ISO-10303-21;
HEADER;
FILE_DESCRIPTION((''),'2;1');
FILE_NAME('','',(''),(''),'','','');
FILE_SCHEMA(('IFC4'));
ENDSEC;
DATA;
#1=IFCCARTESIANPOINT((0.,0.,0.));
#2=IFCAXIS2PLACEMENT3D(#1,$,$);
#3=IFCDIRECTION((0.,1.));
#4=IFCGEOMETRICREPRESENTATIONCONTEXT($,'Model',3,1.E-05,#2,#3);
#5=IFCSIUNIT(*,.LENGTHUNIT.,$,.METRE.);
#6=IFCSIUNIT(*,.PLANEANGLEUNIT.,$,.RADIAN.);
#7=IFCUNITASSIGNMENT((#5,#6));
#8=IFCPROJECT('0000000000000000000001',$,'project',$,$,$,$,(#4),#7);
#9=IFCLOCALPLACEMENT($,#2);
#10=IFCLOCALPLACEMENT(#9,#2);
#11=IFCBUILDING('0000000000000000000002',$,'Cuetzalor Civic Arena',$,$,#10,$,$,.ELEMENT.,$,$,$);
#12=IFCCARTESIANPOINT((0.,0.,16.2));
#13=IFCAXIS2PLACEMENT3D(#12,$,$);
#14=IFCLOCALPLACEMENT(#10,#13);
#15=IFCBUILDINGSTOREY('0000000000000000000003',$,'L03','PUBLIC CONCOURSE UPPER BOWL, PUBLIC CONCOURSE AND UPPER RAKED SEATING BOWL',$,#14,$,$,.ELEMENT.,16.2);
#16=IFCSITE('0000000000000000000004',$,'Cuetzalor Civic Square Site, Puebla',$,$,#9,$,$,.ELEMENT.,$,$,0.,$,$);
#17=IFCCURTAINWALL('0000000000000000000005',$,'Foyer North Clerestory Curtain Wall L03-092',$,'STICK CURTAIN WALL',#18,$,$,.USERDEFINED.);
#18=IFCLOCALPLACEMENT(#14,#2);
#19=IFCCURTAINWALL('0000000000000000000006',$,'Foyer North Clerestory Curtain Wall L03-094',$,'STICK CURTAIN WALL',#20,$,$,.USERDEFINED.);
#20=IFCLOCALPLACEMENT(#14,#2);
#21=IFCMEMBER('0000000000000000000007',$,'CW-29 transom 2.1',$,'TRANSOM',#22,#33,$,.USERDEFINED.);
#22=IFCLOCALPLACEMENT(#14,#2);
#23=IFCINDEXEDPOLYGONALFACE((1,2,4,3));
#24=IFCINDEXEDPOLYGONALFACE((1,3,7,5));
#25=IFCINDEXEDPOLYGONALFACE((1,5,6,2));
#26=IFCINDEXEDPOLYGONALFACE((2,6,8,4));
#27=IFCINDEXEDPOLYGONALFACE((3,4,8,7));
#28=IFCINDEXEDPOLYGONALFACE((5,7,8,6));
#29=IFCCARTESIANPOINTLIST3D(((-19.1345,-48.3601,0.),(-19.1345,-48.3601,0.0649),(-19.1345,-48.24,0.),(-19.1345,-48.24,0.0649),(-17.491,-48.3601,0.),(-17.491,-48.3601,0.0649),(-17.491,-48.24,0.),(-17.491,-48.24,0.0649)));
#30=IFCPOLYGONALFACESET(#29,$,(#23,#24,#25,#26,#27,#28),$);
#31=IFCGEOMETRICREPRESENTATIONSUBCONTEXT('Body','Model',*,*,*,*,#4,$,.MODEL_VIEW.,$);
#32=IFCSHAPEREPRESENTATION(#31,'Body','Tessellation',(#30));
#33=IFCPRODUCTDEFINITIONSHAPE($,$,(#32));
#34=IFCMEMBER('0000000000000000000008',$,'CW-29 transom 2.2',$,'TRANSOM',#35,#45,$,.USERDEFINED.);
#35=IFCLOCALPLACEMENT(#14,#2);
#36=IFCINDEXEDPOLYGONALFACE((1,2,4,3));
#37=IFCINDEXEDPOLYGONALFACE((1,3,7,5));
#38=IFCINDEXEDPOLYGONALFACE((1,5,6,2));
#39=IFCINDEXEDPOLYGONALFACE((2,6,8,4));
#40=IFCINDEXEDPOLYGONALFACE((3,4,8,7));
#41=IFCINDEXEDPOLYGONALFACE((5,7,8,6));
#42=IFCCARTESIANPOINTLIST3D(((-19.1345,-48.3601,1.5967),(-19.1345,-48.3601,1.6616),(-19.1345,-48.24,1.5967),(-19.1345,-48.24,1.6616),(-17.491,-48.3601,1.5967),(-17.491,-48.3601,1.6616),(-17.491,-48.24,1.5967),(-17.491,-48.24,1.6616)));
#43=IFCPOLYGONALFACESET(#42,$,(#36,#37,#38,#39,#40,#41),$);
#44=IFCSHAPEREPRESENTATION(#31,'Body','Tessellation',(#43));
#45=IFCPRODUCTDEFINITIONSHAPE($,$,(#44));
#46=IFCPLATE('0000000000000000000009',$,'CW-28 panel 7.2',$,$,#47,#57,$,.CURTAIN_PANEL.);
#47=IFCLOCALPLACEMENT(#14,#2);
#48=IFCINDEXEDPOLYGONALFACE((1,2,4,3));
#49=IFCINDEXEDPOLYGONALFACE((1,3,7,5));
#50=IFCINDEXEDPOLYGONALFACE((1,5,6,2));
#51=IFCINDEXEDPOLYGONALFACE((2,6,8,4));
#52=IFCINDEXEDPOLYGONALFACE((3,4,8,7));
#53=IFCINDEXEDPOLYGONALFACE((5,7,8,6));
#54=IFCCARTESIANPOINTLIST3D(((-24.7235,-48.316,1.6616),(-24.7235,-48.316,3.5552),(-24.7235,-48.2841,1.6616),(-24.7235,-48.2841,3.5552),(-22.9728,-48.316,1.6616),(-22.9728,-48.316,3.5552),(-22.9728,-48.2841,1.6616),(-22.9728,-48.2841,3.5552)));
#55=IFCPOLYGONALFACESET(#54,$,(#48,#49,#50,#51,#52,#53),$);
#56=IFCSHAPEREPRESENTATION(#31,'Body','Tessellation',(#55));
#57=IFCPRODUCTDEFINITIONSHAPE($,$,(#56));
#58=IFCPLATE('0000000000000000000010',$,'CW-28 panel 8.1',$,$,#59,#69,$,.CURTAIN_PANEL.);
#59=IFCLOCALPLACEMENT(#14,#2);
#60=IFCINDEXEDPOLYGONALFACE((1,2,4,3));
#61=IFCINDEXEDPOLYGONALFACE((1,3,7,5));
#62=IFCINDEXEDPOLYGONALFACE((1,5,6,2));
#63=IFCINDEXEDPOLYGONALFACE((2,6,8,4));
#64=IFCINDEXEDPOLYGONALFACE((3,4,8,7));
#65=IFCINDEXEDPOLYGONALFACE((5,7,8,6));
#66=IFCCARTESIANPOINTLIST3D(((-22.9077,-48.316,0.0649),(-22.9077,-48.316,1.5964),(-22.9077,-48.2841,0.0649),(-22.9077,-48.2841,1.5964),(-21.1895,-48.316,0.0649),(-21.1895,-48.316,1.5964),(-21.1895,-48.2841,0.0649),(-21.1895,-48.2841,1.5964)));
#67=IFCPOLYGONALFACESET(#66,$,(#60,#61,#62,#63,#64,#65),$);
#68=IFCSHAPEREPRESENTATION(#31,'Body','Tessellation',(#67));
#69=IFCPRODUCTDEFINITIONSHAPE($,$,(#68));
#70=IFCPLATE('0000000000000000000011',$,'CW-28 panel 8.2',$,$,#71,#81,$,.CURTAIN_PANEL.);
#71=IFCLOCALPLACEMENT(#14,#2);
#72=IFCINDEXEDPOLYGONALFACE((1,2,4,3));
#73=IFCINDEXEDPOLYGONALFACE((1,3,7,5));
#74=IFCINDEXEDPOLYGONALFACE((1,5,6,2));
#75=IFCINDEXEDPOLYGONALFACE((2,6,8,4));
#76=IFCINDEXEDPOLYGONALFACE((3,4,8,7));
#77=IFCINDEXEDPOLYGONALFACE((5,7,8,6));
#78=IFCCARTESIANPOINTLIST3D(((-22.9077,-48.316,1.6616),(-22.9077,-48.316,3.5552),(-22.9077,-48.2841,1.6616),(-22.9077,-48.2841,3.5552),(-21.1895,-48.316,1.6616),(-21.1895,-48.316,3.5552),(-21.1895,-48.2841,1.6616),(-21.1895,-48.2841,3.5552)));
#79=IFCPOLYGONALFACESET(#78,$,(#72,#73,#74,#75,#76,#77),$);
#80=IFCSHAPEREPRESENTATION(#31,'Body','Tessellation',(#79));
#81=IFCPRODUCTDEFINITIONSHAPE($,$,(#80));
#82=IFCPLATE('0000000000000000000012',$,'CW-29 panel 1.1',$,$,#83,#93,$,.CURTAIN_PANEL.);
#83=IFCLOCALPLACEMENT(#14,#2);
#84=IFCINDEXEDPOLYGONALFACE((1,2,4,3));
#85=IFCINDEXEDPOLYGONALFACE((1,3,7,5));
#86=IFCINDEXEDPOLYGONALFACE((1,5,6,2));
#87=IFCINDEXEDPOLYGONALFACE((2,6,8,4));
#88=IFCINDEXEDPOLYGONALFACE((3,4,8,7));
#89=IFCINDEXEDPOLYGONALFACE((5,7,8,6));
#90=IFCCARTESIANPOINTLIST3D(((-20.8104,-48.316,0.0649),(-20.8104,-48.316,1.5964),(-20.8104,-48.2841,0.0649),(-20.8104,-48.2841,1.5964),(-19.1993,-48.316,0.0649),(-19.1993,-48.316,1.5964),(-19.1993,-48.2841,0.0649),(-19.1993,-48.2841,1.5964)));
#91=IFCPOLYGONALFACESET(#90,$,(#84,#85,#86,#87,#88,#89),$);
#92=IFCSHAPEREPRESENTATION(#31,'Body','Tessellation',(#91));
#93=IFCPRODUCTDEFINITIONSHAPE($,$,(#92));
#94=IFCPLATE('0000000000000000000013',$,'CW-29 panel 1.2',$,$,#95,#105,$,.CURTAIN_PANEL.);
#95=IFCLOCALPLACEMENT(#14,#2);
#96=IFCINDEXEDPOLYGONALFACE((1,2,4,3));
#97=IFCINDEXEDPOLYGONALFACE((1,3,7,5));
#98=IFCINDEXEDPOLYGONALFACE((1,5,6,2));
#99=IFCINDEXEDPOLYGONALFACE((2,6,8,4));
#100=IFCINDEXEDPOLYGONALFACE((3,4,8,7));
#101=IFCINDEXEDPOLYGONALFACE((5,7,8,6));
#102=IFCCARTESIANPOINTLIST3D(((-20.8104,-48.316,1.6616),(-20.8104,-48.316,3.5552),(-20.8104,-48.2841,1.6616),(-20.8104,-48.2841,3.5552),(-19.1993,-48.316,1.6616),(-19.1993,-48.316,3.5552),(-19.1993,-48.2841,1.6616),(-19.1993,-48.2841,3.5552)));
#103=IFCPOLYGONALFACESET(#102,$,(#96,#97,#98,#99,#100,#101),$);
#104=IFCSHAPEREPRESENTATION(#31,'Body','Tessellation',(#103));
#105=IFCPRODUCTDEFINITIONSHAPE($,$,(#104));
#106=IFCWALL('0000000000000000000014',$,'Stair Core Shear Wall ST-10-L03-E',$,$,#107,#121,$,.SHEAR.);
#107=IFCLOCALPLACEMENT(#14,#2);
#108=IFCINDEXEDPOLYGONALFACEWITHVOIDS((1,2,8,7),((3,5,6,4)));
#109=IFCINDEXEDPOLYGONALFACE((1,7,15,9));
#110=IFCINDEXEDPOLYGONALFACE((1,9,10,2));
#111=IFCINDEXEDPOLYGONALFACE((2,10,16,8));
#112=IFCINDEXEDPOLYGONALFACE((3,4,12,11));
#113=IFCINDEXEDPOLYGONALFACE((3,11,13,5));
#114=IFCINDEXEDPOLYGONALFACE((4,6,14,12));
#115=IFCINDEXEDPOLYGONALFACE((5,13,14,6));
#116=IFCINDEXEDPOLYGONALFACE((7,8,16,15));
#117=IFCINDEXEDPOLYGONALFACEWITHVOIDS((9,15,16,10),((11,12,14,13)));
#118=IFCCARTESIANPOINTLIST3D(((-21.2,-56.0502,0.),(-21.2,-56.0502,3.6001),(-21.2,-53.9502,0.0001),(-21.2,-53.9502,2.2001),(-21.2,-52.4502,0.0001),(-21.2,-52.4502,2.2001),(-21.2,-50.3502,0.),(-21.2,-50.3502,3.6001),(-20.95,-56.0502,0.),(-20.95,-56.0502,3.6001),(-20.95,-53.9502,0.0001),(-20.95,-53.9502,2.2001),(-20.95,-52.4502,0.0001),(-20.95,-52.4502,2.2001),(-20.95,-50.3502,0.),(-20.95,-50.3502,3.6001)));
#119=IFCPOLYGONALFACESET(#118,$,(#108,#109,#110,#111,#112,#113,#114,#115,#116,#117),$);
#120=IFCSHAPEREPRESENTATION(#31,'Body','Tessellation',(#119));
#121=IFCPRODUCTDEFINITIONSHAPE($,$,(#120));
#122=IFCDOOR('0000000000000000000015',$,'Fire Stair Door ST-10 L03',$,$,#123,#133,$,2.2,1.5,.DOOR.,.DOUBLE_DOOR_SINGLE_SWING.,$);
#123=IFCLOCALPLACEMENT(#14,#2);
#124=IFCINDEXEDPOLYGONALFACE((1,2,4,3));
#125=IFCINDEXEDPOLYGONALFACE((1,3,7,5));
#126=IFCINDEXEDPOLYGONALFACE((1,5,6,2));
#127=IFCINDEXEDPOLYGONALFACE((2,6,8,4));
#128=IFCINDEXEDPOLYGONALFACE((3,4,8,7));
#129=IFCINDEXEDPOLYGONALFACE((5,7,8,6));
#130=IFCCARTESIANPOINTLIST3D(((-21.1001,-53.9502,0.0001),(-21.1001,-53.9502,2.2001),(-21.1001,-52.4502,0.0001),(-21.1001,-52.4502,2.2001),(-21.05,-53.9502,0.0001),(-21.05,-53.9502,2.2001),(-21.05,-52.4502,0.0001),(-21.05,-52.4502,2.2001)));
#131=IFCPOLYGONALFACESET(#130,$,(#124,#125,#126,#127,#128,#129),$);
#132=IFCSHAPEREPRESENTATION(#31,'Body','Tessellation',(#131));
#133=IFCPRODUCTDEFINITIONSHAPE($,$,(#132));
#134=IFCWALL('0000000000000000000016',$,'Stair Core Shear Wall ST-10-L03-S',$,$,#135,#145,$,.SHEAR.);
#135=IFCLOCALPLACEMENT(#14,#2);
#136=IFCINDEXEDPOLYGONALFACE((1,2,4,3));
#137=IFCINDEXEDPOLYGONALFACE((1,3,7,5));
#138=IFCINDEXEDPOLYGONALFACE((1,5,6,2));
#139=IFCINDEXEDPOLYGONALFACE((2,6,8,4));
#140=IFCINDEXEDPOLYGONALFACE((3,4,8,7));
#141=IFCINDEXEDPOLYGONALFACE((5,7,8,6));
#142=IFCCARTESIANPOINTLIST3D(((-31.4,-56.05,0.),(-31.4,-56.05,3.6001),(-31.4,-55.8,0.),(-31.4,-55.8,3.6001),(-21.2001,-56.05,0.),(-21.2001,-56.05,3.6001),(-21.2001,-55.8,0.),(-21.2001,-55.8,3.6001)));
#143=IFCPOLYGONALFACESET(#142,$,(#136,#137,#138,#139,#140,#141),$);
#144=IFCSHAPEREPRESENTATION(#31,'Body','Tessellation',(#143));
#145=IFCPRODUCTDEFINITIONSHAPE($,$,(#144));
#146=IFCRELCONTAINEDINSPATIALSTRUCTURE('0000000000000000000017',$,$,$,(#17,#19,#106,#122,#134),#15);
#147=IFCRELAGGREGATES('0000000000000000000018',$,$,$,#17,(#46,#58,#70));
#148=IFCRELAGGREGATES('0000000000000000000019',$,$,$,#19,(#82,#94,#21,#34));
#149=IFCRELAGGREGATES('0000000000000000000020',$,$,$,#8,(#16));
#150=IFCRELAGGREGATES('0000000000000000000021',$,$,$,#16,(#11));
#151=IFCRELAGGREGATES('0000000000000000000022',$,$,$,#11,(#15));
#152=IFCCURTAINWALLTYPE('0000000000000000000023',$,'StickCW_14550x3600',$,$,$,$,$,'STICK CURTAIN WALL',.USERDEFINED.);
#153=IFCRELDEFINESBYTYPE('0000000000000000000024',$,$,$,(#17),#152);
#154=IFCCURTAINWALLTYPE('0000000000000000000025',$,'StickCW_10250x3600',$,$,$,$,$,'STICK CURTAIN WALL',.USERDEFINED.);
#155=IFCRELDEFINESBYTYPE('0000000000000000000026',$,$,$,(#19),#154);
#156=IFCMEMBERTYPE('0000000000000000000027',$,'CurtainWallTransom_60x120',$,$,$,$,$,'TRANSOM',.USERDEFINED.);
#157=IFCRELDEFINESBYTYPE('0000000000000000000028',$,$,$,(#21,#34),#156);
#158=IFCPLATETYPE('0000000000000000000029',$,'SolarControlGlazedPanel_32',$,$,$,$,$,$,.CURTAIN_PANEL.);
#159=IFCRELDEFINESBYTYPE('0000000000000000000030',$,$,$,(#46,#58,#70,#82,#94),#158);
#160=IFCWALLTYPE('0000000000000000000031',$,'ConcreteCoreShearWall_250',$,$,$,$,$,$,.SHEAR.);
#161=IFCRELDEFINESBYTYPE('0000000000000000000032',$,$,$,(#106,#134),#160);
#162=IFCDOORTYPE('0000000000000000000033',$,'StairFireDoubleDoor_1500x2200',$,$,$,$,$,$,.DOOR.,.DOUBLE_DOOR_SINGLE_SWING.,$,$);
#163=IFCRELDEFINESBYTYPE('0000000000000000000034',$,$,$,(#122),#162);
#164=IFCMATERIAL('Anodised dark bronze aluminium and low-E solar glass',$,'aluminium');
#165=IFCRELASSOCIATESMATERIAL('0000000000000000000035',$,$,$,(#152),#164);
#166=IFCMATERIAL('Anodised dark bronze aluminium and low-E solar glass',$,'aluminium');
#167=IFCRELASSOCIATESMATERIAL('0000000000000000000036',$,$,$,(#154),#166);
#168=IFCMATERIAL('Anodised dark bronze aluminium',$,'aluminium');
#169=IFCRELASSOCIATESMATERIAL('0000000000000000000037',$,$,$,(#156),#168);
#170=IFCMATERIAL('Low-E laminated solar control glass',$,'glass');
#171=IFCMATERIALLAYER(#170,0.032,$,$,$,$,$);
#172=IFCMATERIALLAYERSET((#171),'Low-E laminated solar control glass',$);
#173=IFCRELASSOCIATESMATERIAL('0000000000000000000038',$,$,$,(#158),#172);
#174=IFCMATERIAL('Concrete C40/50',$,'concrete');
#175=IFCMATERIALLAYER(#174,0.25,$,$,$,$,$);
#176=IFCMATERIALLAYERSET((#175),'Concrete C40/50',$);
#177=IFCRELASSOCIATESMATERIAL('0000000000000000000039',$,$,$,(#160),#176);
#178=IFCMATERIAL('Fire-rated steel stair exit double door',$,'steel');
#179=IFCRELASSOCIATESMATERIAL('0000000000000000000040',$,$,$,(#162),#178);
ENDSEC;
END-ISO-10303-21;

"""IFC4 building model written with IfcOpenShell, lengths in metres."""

from ifc_helpers import new_model, si_unit, direction, frame, frame_2d, origin, origin_2d, place, context, subcontext, project, spatial, rectangle, extrude, material, layer, layer_set, material_profile, profile_set, type_object, element, fill, aggregate, save


model = new_model("IFC4")

# Units and contexts
model_context = context("Model", 3, precision=1e-05, world=origin(), true_north=direction((0.0, 1.0)))
body_context = subcontext(model_context, "Body", "Model", "MODEL_VIEW")
ifc_project = project(units=[si_unit("LENGTHUNIT", "METRE"), si_unit("PLANEANGLEUNIT", "RADIAN")], contexts=[model_context])

# Site, building, storey
site_placement = place(None, origin())
site = spatial("IfcSite", under=ifc_project, at=site_placement, Name="Cuetzalor Civic Square Site, Puebla", CompositionType="ELEMENT", RefElevation=0.0)
building_placement = place(site_placement, origin())
building = spatial("IfcBuilding", under=site, at=building_placement, Name="Cuetzalor Civic Arena", CompositionType="ELEMENT")
storey_placement = place(building_placement, frame((0.0, 0.0, 16.2)))
storey = spatial("IfcBuildingStorey", under=building, at=storey_placement, Name="L03", Description="PUBLIC CONCOURSE UPPER BOWL, PUBLIC CONCOURSE AND UPPER RAKED SEATING BOWL", CompositionType="ELEMENT", Elevation=16.2)

# Curtain walls
ifc_material_1 = material(Name="Anodised dark bronze aluminium and low-E solar glass", Category="aluminium")
curtain_wall_type_1 = type_object("IfcCurtainWallType", Name="StickCW_14550x3600", ElementType="STICK CURTAIN WALL", PredefinedType="USERDEFINED", material=ifc_material_1)
curtain_wall_1_placement = place(storey_placement, origin())
curtain_wall_1 = element("IfcCurtainWall", 1, at=curtain_wall_1_placement, inside=storey, type_object=curtain_wall_type_1, Name="Foyer North Clerestory Curtain Wall L03-092", ObjectType="STICK CURTAIN WALL", PredefinedType="USERDEFINED")
ifc_material_2 = material(Name="Anodised dark bronze aluminium and low-E solar glass", Category="aluminium")
curtain_wall_type_2 = type_object("IfcCurtainWallType", Name="StickCW_10250x3600", ElementType="STICK CURTAIN WALL", PredefinedType="USERDEFINED", material=ifc_material_2)
curtain_wall_2_placement = place(storey_placement, origin())
curtain_wall_2 = element("IfcCurtainWall", 2, at=curtain_wall_2_placement, inside=storey, type_object=curtain_wall_type_2, Name="Foyer North Clerestory Curtain Wall L03-094", ObjectType="STICK CURTAIN WALL", PredefinedType="USERDEFINED")

# Members
ifc_material_3 = material(Name="Anodised dark bronze aluminium", Category="aluminium")
ifc_material_profile_1 = material_profile(ifc_material_3, rectangle(XDim=0.1201, YDim=0.0649, at=origin_2d()), Name="ALU TRANSOM 65x120")
ifc_profile_set_1 = profile_set([ifc_material_profile_1], Name="Anodised dark bronze aluminium")
member_type_1 = type_object("IfcMemberType", Name="CurtainWallTransom_60x120", ElementType="TRANSOM", PredefinedType="USERDEFINED", material=ifc_profile_set_1)
member_1_placement = place(storey_placement, frame((-19.1345, -48.3, 0.0325), z_axis=(1.0, 0.0, 0.0), x_axis=(0.0, 1.0, 0.0)))
member_1 = element("IfcMember", 3, at=member_1_placement, type_object=member_type_1, Name="CW-29 transom 2.1", ObjectType="TRANSOM", PredefinedType="USERDEFINED", context=body_context, shape_type="SweptSolid", body=[
    extrude(rectangle(XDim=0.1201, YDim=0.0649, at=origin_2d()), origin(), (0.0, 0.0, 1.0), 1.6436),
])
member_2_placement = place(storey_placement, frame((-19.1345, -48.3, 1.6292), z_axis=(1.0, 0.0, 0.0), x_axis=(0.0, 1.0, 0.0)))
member_2 = element("IfcMember", 4, at=member_2_placement, type_object=member_type_1, Name="CW-29 transom 2.2", ObjectType="TRANSOM", PredefinedType="USERDEFINED", context=body_context, shape_type="SweptSolid", body=[
    extrude(rectangle(XDim=0.1201, YDim=0.0649, at=origin_2d()), origin(), (0.0, 0.0, 1.0), 1.6436),
])

# Plates
ifc_material_4 = material(Name="Low-E laminated solar control glass", Category="glass")
ifc_layer_1 = layer(ifc_material_4, 0.032)
ifc_layer_set_1 = layer_set([ifc_layer_1], Name="Low-E laminated solar control glass")
plate_type = type_object("IfcPlateType", Name="SolarControlGlazedPanel_32", PredefinedType="CURTAIN_PANEL", material=ifc_layer_set_1)
plate_1_placement = place(storey_placement, frame((-23.8481, -48.3, 1.6616), z_axis=(0.0, 0.0, 1.0), x_axis=(1.0, 0.0, 0.0)))
plate_1 = element("IfcPlate", 5, at=plate_1_placement, type_object=plate_type, Name="CW-28 panel 7.2", PredefinedType="CURTAIN_PANEL", context=body_context, shape_type="SweptSolid", body=[
    extrude(rectangle(XDim=1.7507, YDim=0.032, at=origin_2d()), origin(), (0.0, 0.0, 1.0), 1.8936),
])
plate_2_placement = place(storey_placement, frame((-22.0486, -48.3, 0.0649), z_axis=(0.0, 0.0, 1.0), x_axis=(1.0, 0.0, 0.0)))
plate_2 = element("IfcPlate", 6, at=plate_2_placement, type_object=plate_type, Name="CW-28 panel 8.1", PredefinedType="CURTAIN_PANEL", context=body_context, shape_type="SweptSolid", body=[
    extrude(rectangle(XDim=1.7183, YDim=0.032, at=origin_2d()), origin(), (0.0, 0.0, 1.0), 1.5315),
])
plate_3_placement = place(storey_placement, frame((-22.0486, -48.3, 1.6616), z_axis=(0.0, 0.0, 1.0), x_axis=(1.0, 0.0, 0.0)))
plate_3 = element("IfcPlate", 7, at=plate_3_placement, type_object=plate_type, Name="CW-28 panel 8.2", PredefinedType="CURTAIN_PANEL", context=body_context, shape_type="SweptSolid", body=[
    extrude(rectangle(XDim=1.7183, YDim=0.032, at=origin_2d()), origin(), (0.0, 0.0, 1.0), 1.8936),
])
aggregate(curtain_wall_1, [plate_1, plate_2, plate_3])
plate_4_placement = place(storey_placement, frame((-20.0049, -48.3, 0.0649), z_axis=(0.0, 0.0, 1.0), x_axis=(1.0, 0.0, 0.0)))
plate_4 = element("IfcPlate", 8, at=plate_4_placement, type_object=plate_type, Name="CW-29 panel 1.1", PredefinedType="CURTAIN_PANEL", context=body_context, shape_type="SweptSolid", body=[
    extrude(rectangle(XDim=1.6111, YDim=0.032, at=origin_2d()), origin(), (0.0, 0.0, 1.0), 1.5315),
])
plate_5_placement = place(storey_placement, frame((-20.0049, -48.3, 1.6616), z_axis=(0.0, 0.0, 1.0), x_axis=(1.0, 0.0, 0.0)))
plate_5 = element("IfcPlate", 9, at=plate_5_placement, type_object=plate_type, Name="CW-29 panel 1.2", PredefinedType="CURTAIN_PANEL", context=body_context, shape_type="SweptSolid", body=[
    extrude(rectangle(XDim=1.6111, YDim=0.032, at=origin_2d()), origin(), (0.0, 0.0, 1.0), 1.8936),
])
aggregate(curtain_wall_2, [plate_4, plate_5, member_1, member_2])

# Wall, opening, door
ifc_material_5 = material(Name="Concrete C40/50", Category="concrete")
ifc_layer_2 = layer(ifc_material_5, 0.25)
ifc_layer_set_2 = layer_set([ifc_layer_2], Name="Concrete C40/50")
wall_type = type_object("IfcWallType", Name="ConcreteCoreShearWall_250", PredefinedType="SHEAR", material=ifc_layer_set_2)
wall_1_placement = place(storey_placement, frame((-21.075, -50.3501, 0.0), z_axis=(0.0, 0.0, 1.0), x_axis=(0.0, -1.0, 0.0)))
wall_1 = element("IfcWall", 10, at=wall_1_placement, inside=storey, type_object=wall_type, Name="Stair Core Shear Wall ST-10-L03-E", PredefinedType="SHEAR", context=body_context, shape_type="SweptSolid", body=[
    extrude(rectangle(XDim=5.7, YDim=0.25, at=frame_2d((2.8501, 0.0))), origin(), (0.0, 0.0, 1.0), 3.6001),
])
opening_placement = place(wall_1_placement, frame((2.1001, 0.0, 0.0)))
opening = element("IfcOpeningElement", 11, at=opening_placement, cuts=wall_1, PredefinedType="OPENING", context=body_context, shape_type="SweptSolid", body=[
    extrude(rectangle(XDim=1.5, YDim=2.2, at=frame_2d((0.75, 1.1001))), frame((0.0, 0.135, 0.0), z_axis=(0.0, -1.0, 0.0), x_axis=(1.0, 0.0, 0.0)), (0.0, 0.0, 1.0), 0.27),
])
ifc_material_6 = material(Name="Fire-rated steel stair exit double door", Category="steel")
door_type = type_object("IfcDoorType", Name="StairFireDoubleDoor_1500x2200", OperationType="DOUBLE_DOOR_SINGLE_SWING", PredefinedType="DOOR", material=ifc_material_6)
door_placement = place(opening_placement, origin())
door = element("IfcDoor", 12, at=door_placement, inside=storey, type_object=door_type, Name="Fire Stair Door ST-10 L03", OperationType="DOUBLE_DOOR_SINGLE_SWING", OverallHeight=2.2, OverallWidth=1.5, PredefinedType="DOOR", context=body_context, shape_type="SweptSolid", body=[
    extrude(rectangle(XDim=1.5, YDim=2.2, at=frame_2d((0.75, 1.1001))), frame((0.0, 0.0249, 0.0), z_axis=(0.0, -1.0, 0.0), x_axis=(1.0, 0.0, 0.0)), (0.0, 0.0, 1.0), 0.05),
])
fill(opening, door)

# Wall
wall_2_placement = place(storey_placement, frame((-21.2, -55.925, 0.0), z_axis=(0.0, 0.0, 1.0), x_axis=(-1.0, 0.0, 0.0)))
element("IfcWall", 13, at=wall_2_placement, inside=storey, type_object=wall_type, Name="Stair Core Shear Wall ST-10-L03-S", PredefinedType="SHEAR", context=body_context, shape_type="SweptSolid", body=[
    extrude(rectangle(XDim=10.2, YDim=0.25, at=frame_2d((5.1001, 0.0))), origin(), (0.0, 0.0, 1.0), 3.6001),
])

save(model, "model.ifc")
